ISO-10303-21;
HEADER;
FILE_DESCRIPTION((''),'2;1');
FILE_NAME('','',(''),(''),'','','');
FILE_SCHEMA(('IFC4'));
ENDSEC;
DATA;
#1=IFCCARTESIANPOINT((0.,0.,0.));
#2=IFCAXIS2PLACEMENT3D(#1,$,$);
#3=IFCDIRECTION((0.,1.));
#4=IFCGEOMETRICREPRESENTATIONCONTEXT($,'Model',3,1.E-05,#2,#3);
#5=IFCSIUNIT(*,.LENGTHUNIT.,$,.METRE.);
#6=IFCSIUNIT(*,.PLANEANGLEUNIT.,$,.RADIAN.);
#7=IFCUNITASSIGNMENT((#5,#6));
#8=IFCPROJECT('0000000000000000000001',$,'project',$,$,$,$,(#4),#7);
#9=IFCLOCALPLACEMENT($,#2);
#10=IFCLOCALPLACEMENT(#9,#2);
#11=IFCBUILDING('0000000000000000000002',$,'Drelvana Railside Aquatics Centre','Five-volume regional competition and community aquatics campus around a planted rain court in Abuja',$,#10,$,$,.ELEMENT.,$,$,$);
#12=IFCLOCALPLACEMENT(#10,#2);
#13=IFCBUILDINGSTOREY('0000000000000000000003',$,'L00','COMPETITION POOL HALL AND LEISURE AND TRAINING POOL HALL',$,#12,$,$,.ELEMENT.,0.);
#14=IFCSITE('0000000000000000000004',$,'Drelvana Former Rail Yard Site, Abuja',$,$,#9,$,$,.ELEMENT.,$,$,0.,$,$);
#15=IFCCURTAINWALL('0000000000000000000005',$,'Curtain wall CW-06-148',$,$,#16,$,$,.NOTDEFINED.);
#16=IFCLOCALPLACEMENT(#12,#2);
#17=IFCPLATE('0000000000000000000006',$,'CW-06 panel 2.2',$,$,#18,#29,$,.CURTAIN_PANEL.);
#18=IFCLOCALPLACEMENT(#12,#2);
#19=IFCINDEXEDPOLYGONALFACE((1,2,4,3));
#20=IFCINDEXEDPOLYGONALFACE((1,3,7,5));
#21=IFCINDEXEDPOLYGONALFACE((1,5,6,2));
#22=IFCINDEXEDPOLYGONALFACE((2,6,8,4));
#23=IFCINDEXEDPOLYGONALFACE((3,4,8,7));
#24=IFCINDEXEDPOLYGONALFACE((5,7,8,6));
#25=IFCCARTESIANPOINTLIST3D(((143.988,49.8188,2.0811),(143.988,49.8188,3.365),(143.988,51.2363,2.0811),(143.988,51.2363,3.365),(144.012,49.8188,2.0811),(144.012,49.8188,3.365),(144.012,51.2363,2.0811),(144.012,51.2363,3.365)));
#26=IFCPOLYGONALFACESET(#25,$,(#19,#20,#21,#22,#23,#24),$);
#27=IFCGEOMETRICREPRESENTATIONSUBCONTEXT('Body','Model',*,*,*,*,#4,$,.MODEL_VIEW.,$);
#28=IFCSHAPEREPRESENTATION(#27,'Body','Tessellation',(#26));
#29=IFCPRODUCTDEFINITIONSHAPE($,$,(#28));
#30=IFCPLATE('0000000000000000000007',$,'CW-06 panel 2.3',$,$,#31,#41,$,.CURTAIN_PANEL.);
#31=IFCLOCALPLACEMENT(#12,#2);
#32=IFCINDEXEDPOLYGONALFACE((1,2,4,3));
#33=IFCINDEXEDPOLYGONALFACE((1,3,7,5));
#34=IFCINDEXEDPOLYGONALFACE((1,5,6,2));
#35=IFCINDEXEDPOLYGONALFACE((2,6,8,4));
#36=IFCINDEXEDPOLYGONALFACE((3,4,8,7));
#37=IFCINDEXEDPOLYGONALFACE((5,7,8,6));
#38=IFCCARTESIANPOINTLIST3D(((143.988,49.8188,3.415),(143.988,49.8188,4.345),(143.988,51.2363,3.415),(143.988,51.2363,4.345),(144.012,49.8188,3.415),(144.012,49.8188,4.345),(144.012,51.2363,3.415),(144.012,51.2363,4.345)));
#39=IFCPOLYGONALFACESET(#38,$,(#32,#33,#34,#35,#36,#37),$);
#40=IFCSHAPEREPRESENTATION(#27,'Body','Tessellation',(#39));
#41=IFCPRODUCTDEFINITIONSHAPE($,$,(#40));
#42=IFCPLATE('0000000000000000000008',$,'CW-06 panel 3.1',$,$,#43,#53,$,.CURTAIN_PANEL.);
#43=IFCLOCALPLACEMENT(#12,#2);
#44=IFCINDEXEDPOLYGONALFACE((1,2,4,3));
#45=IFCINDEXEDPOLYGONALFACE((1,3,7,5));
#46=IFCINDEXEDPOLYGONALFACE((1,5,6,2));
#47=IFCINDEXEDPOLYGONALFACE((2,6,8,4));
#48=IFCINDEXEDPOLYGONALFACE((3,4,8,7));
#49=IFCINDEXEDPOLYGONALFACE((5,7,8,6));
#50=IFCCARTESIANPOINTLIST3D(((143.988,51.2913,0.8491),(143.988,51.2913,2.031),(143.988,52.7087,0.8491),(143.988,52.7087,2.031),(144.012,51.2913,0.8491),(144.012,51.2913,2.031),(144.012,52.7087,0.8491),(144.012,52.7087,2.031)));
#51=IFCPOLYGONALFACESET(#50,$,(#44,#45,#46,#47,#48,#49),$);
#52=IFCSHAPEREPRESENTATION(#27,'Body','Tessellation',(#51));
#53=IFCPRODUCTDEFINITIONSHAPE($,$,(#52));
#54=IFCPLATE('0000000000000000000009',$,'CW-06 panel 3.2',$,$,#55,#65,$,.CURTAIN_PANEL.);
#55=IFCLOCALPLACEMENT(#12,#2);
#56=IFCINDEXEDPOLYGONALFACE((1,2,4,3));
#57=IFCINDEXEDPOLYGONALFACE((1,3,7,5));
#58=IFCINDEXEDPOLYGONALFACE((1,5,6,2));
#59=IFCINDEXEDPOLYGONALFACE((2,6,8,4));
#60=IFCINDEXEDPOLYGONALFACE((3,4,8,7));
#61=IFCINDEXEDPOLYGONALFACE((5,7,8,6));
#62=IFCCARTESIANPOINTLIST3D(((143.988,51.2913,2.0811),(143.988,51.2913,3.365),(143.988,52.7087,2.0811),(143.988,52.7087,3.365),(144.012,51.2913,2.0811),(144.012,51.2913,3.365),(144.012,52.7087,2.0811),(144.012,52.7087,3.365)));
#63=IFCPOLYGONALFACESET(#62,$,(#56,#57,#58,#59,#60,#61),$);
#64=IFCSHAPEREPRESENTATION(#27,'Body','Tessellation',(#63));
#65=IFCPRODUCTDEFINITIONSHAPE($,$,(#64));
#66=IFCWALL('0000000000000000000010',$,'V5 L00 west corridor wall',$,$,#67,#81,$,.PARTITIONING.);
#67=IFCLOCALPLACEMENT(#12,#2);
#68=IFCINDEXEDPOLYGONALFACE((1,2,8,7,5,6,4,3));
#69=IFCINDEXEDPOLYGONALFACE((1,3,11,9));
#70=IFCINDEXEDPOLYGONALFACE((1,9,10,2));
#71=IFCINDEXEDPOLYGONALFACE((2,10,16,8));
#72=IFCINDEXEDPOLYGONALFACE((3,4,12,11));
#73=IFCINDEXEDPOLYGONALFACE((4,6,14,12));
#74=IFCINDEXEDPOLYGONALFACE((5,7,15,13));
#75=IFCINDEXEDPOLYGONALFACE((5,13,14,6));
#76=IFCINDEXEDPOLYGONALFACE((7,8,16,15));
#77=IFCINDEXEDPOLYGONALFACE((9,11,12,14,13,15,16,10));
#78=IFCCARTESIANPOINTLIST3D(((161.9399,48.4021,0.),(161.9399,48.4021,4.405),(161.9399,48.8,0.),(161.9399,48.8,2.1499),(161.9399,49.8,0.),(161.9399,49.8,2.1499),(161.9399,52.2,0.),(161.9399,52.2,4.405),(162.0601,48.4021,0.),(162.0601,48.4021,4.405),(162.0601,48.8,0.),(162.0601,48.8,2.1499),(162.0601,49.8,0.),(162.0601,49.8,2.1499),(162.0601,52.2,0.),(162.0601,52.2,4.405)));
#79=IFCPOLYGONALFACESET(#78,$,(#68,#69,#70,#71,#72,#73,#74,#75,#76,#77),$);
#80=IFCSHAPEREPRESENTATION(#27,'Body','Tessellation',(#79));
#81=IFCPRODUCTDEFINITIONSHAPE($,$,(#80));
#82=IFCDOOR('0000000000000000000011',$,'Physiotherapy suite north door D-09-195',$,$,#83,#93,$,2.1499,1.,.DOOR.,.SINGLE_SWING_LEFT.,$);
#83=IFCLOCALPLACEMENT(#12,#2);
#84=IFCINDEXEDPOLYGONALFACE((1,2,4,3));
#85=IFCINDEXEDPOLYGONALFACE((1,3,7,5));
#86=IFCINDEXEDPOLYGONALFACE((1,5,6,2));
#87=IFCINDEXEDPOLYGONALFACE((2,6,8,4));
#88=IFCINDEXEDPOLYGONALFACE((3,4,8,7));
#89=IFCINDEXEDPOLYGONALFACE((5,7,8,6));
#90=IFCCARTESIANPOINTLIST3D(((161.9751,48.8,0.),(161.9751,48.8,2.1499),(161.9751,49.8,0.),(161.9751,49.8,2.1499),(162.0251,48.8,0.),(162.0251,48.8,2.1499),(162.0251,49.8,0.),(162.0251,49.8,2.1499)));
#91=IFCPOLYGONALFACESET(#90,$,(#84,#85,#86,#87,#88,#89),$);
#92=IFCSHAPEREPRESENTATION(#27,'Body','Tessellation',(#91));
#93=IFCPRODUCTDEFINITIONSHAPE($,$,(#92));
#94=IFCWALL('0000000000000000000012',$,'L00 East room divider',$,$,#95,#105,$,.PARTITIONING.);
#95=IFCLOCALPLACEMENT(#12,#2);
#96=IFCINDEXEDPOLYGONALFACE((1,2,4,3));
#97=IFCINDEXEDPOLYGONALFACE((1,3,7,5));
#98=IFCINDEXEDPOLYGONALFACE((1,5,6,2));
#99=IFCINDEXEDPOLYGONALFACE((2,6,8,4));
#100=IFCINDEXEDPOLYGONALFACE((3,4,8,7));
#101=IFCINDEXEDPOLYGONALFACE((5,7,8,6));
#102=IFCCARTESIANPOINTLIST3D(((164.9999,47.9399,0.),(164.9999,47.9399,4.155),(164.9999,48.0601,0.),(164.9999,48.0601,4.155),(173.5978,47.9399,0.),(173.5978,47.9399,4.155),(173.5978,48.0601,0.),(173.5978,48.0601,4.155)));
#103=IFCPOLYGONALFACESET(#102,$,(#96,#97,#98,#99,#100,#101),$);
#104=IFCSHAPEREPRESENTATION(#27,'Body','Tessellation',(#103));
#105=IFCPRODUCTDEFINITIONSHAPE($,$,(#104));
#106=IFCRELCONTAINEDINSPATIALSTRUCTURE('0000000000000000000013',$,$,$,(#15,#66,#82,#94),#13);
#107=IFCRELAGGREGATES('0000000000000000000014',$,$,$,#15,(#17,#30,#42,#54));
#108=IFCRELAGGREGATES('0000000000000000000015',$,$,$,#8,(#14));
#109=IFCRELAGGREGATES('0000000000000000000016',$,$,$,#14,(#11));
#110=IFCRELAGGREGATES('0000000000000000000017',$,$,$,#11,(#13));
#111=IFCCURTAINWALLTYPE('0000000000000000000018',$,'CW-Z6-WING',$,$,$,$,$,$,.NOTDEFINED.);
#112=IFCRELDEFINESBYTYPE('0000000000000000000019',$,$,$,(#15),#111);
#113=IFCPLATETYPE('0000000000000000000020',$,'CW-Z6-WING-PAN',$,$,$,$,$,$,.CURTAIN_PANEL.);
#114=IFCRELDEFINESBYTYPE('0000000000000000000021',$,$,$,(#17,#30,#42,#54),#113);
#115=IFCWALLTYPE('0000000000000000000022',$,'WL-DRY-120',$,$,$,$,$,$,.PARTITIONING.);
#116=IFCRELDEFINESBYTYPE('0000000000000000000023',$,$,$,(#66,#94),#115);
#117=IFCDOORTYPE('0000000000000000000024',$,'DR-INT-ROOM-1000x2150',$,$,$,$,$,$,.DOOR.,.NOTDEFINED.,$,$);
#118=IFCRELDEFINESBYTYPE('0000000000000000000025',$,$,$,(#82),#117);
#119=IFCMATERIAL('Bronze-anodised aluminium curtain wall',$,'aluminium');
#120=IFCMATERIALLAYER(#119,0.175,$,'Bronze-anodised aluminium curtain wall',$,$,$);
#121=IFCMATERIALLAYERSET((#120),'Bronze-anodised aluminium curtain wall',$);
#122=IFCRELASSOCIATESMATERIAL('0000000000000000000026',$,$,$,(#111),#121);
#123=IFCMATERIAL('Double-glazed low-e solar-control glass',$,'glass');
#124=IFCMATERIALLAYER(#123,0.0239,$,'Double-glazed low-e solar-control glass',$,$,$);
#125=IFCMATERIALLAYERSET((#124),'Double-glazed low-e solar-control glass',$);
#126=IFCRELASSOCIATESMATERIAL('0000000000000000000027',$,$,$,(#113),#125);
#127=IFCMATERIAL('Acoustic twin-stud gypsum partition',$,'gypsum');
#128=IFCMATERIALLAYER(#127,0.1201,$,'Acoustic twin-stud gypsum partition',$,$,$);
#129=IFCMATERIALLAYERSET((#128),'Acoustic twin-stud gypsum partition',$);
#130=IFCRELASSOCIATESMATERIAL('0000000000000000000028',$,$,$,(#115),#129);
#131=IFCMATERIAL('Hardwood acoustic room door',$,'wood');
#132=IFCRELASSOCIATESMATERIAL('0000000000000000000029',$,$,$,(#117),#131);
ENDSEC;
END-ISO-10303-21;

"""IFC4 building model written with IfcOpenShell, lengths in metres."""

from ifc_helpers import new_model, si_unit, direction, frame, frame_2d, origin, origin_2d, place, context, subcontext, project, spatial, rectangle, extrude, material, layer, layer_set, type_object, element, fill, aggregate, save


model = new_model("IFC4")

# Units and contexts
model_context = context("Model", 3, precision=1e-05, world=origin(), true_north=direction((0.0, 1.0)))
body_context = subcontext(model_context, "Body", "Model", "MODEL_VIEW")
ifc_project = project(units=[si_unit("LENGTHUNIT", "METRE"), si_unit("PLANEANGLEUNIT", "RADIAN")], contexts=[model_context])

# Site, building, storey
site_placement = place(None, origin())
site = spatial("IfcSite", under=ifc_project, at=site_placement, Name="Drelvana Former Rail Yard Site, Abuja", CompositionType="ELEMENT", RefElevation=0.0)
building_placement = place(site_placement, origin())
building = spatial("IfcBuilding", under=site, at=building_placement, Name="Drelvana Railside Aquatics Centre", Description="Five-volume regional competition and community aquatics campus around a planted rain court in Abuja", CompositionType="ELEMENT")
storey_placement = place(building_placement, origin())
storey = spatial("IfcBuildingStorey", under=building, at=storey_placement, Name="L00", Description="COMPETITION POOL HALL AND LEISURE AND TRAINING POOL HALL", CompositionType="ELEMENT", Elevation=0.0)

# Curtain wall
ifc_material_1 = material(Name="Bronze-anodised aluminium curtain wall", Category="aluminium")
ifc_layer_1 = layer(ifc_material_1, 0.175, Name="Bronze-anodised aluminium curtain wall")
ifc_layer_set_1 = layer_set([ifc_layer_1], Name="Bronze-anodised aluminium curtain wall")
curtain_wall_type = type_object("IfcCurtainWallType", Name="CW-Z6-WING", PredefinedType="NOTDEFINED", material=ifc_layer_set_1)
curtain_wall_placement = place(storey_placement, origin())
curtain_wall = element("IfcCurtainWall", 1, at=curtain_wall_placement, inside=storey, type_object=curtain_wall_type, Name="Curtain wall CW-06-148", PredefinedType="NOTDEFINED")

# Plates
ifc_material_2 = material(Name="Double-glazed low-e solar-control glass", Category="glass")
ifc_layer_2 = layer(ifc_material_2, 0.0239, Name="Double-glazed low-e solar-control glass")
ifc_layer_set_2 = layer_set([ifc_layer_2], Name="Double-glazed low-e solar-control glass")
plate_type = type_object("IfcPlateType", Name="CW-Z6-WING-PAN", PredefinedType="CURTAIN_PANEL", material=ifc_layer_set_2)
plate_1_placement = place(storey_placement, frame((144.0, 50.5276, 2.0811), z_axis=(0.0, 0.0, 1.0), x_axis=(0.0, 1.0, 0.0)))
plate_1 = element("IfcPlate", 2, at=plate_1_placement, type_object=plate_type, Name="CW-06 panel 2.2", PredefinedType="CURTAIN_PANEL", context=body_context, shape_type="SweptSolid", body=[
    extrude(rectangle(XDim=1.4175, YDim=0.0239, at=origin_2d()), origin(), (0.0, 0.0, 1.0), 1.2839),
])
plate_2_placement = place(storey_placement, frame((144.0, 50.5276, 3.415), z_axis=(0.0, 0.0, 1.0), x_axis=(0.0, 1.0, 0.0)))
plate_2 = element("IfcPlate", 3, at=plate_2_placement, type_object=plate_type, Name="CW-06 panel 2.3", PredefinedType="CURTAIN_PANEL", context=body_context, shape_type="SweptSolid", body=[
    extrude(rectangle(XDim=1.4175, YDim=0.0239, at=origin_2d()), origin(), (0.0, 0.0, 1.0), 0.9299),
])
plate_3_placement = place(storey_placement, frame((144.0, 52.0, 0.8491), z_axis=(0.0, 0.0, 1.0), x_axis=(0.0, 1.0, 0.0)))
plate_3 = element("IfcPlate", 4, at=plate_3_placement, type_object=plate_type, Name="CW-06 panel 3.1", PredefinedType="CURTAIN_PANEL", context=body_context, shape_type="SweptSolid", body=[
    extrude(rectangle(XDim=1.4175, YDim=0.0239, at=origin_2d()), origin(), (0.0, 0.0, 1.0), 1.1819),
])
plate_4_placement = place(storey_placement, frame((144.0, 52.0, 2.0811), z_axis=(0.0, 0.0, 1.0), x_axis=(0.0, 1.0, 0.0)))
plate_4 = element("IfcPlate", 5, at=plate_4_placement, type_object=plate_type, Name="CW-06 panel 3.2", PredefinedType="CURTAIN_PANEL", context=body_context, shape_type="SweptSolid", body=[
    extrude(rectangle(XDim=1.4175, YDim=0.0239, at=origin_2d()), origin(), (0.0, 0.0, 1.0), 1.2839),
])
aggregate(curtain_wall, [plate_1, plate_2, plate_3, plate_4])

# Wall, opening, door
ifc_material_3 = material(Name="Acoustic twin-stud gypsum partition", Category="gypsum")
ifc_layer_3 = layer(ifc_material_3, 0.1201, Name="Acoustic twin-stud gypsum partition")
ifc_layer_set_3 = layer_set([ifc_layer_3], Name="Acoustic twin-stud gypsum partition")
wall_type = type_object("IfcWallType", Name="WL-DRY-120", PredefinedType="PARTITIONING", material=ifc_layer_set_3)
wall_1_placement = place(storey_placement, frame((162.0, 48.4021, 0.0), z_axis=(0.0, 0.0, 1.0), x_axis=(0.0, 1.0, 0.0)))
wall_1 = element("IfcWall", 6, at=wall_1_placement, inside=storey, type_object=wall_type, Name="V5 L00 west corridor wall", PredefinedType="PARTITIONING", context=body_context, shape_type="SweptSolid", body=[
    extrude(rectangle(XDim=3.7979, YDim=0.1201, at=frame_2d((1.8989, 0.0))), origin(), (0.0, 0.0, 1.0), 4.405),
])
opening_placement = place(wall_1_placement, frame((0.3979, 0.0, 0.0)))
opening = element("IfcOpeningElement", 7, at=opening_placement, cuts=wall_1, PredefinedType="OPENING", context=body_context, shape_type="SweptSolid", body=[
    extrude(rectangle(XDim=1.0, YDim=2.1499, at=frame_2d((0.5, 1.075))), frame((0.0, 0.0701, 0.0), z_axis=(0.0, -1.0, 0.0), x_axis=(1.0, 0.0, 0.0)), (0.0, 0.0, 1.0), 0.1401),
])
ifc_material_4 = material(Name="Hardwood acoustic room door", Category="wood")
door_type = type_object("IfcDoorType", Name="DR-INT-ROOM-1000x2150", OperationType="NOTDEFINED", PredefinedType="DOOR", material=ifc_material_4)
door_placement = place(opening_placement, origin())
door = element("IfcDoor", 8, at=door_placement, inside=storey, type_object=door_type, Name="Physiotherapy suite north door D-09-195", OperationType="SINGLE_SWING_LEFT", OverallHeight=2.1499, OverallWidth=1.0, PredefinedType="DOOR", context=body_context, shape_type="SweptSolid", body=[
    extrude(rectangle(XDim=1.0, YDim=2.1499, at=frame_2d((0.5, 1.075))), frame((0.0, 0.0249, 0.0), z_axis=(0.0, -1.0, 0.0), x_axis=(1.0, 0.0, 0.0)), (0.0, 0.0, 1.0), 0.05),
])
fill(opening, door)

# Wall
wall_2_placement = place(storey_placement, frame((165.0, 48.0, 0.0), z_axis=(0.0, 0.0, 1.0), x_axis=(1.0, 0.0, 0.0)))
element("IfcWall", 9, at=wall_2_placement, inside=storey, type_object=wall_type, Name="L00 East room divider", PredefinedType="PARTITIONING", context=body_context, shape_type="SweptSolid", body=[
    extrude(rectangle(XDim=8.5979, YDim=0.1201, at=frame_2d((4.2988, 0.0))), origin(), (0.0, 0.0, 1.0), 4.155),
])

save(model, "model.ifc")
